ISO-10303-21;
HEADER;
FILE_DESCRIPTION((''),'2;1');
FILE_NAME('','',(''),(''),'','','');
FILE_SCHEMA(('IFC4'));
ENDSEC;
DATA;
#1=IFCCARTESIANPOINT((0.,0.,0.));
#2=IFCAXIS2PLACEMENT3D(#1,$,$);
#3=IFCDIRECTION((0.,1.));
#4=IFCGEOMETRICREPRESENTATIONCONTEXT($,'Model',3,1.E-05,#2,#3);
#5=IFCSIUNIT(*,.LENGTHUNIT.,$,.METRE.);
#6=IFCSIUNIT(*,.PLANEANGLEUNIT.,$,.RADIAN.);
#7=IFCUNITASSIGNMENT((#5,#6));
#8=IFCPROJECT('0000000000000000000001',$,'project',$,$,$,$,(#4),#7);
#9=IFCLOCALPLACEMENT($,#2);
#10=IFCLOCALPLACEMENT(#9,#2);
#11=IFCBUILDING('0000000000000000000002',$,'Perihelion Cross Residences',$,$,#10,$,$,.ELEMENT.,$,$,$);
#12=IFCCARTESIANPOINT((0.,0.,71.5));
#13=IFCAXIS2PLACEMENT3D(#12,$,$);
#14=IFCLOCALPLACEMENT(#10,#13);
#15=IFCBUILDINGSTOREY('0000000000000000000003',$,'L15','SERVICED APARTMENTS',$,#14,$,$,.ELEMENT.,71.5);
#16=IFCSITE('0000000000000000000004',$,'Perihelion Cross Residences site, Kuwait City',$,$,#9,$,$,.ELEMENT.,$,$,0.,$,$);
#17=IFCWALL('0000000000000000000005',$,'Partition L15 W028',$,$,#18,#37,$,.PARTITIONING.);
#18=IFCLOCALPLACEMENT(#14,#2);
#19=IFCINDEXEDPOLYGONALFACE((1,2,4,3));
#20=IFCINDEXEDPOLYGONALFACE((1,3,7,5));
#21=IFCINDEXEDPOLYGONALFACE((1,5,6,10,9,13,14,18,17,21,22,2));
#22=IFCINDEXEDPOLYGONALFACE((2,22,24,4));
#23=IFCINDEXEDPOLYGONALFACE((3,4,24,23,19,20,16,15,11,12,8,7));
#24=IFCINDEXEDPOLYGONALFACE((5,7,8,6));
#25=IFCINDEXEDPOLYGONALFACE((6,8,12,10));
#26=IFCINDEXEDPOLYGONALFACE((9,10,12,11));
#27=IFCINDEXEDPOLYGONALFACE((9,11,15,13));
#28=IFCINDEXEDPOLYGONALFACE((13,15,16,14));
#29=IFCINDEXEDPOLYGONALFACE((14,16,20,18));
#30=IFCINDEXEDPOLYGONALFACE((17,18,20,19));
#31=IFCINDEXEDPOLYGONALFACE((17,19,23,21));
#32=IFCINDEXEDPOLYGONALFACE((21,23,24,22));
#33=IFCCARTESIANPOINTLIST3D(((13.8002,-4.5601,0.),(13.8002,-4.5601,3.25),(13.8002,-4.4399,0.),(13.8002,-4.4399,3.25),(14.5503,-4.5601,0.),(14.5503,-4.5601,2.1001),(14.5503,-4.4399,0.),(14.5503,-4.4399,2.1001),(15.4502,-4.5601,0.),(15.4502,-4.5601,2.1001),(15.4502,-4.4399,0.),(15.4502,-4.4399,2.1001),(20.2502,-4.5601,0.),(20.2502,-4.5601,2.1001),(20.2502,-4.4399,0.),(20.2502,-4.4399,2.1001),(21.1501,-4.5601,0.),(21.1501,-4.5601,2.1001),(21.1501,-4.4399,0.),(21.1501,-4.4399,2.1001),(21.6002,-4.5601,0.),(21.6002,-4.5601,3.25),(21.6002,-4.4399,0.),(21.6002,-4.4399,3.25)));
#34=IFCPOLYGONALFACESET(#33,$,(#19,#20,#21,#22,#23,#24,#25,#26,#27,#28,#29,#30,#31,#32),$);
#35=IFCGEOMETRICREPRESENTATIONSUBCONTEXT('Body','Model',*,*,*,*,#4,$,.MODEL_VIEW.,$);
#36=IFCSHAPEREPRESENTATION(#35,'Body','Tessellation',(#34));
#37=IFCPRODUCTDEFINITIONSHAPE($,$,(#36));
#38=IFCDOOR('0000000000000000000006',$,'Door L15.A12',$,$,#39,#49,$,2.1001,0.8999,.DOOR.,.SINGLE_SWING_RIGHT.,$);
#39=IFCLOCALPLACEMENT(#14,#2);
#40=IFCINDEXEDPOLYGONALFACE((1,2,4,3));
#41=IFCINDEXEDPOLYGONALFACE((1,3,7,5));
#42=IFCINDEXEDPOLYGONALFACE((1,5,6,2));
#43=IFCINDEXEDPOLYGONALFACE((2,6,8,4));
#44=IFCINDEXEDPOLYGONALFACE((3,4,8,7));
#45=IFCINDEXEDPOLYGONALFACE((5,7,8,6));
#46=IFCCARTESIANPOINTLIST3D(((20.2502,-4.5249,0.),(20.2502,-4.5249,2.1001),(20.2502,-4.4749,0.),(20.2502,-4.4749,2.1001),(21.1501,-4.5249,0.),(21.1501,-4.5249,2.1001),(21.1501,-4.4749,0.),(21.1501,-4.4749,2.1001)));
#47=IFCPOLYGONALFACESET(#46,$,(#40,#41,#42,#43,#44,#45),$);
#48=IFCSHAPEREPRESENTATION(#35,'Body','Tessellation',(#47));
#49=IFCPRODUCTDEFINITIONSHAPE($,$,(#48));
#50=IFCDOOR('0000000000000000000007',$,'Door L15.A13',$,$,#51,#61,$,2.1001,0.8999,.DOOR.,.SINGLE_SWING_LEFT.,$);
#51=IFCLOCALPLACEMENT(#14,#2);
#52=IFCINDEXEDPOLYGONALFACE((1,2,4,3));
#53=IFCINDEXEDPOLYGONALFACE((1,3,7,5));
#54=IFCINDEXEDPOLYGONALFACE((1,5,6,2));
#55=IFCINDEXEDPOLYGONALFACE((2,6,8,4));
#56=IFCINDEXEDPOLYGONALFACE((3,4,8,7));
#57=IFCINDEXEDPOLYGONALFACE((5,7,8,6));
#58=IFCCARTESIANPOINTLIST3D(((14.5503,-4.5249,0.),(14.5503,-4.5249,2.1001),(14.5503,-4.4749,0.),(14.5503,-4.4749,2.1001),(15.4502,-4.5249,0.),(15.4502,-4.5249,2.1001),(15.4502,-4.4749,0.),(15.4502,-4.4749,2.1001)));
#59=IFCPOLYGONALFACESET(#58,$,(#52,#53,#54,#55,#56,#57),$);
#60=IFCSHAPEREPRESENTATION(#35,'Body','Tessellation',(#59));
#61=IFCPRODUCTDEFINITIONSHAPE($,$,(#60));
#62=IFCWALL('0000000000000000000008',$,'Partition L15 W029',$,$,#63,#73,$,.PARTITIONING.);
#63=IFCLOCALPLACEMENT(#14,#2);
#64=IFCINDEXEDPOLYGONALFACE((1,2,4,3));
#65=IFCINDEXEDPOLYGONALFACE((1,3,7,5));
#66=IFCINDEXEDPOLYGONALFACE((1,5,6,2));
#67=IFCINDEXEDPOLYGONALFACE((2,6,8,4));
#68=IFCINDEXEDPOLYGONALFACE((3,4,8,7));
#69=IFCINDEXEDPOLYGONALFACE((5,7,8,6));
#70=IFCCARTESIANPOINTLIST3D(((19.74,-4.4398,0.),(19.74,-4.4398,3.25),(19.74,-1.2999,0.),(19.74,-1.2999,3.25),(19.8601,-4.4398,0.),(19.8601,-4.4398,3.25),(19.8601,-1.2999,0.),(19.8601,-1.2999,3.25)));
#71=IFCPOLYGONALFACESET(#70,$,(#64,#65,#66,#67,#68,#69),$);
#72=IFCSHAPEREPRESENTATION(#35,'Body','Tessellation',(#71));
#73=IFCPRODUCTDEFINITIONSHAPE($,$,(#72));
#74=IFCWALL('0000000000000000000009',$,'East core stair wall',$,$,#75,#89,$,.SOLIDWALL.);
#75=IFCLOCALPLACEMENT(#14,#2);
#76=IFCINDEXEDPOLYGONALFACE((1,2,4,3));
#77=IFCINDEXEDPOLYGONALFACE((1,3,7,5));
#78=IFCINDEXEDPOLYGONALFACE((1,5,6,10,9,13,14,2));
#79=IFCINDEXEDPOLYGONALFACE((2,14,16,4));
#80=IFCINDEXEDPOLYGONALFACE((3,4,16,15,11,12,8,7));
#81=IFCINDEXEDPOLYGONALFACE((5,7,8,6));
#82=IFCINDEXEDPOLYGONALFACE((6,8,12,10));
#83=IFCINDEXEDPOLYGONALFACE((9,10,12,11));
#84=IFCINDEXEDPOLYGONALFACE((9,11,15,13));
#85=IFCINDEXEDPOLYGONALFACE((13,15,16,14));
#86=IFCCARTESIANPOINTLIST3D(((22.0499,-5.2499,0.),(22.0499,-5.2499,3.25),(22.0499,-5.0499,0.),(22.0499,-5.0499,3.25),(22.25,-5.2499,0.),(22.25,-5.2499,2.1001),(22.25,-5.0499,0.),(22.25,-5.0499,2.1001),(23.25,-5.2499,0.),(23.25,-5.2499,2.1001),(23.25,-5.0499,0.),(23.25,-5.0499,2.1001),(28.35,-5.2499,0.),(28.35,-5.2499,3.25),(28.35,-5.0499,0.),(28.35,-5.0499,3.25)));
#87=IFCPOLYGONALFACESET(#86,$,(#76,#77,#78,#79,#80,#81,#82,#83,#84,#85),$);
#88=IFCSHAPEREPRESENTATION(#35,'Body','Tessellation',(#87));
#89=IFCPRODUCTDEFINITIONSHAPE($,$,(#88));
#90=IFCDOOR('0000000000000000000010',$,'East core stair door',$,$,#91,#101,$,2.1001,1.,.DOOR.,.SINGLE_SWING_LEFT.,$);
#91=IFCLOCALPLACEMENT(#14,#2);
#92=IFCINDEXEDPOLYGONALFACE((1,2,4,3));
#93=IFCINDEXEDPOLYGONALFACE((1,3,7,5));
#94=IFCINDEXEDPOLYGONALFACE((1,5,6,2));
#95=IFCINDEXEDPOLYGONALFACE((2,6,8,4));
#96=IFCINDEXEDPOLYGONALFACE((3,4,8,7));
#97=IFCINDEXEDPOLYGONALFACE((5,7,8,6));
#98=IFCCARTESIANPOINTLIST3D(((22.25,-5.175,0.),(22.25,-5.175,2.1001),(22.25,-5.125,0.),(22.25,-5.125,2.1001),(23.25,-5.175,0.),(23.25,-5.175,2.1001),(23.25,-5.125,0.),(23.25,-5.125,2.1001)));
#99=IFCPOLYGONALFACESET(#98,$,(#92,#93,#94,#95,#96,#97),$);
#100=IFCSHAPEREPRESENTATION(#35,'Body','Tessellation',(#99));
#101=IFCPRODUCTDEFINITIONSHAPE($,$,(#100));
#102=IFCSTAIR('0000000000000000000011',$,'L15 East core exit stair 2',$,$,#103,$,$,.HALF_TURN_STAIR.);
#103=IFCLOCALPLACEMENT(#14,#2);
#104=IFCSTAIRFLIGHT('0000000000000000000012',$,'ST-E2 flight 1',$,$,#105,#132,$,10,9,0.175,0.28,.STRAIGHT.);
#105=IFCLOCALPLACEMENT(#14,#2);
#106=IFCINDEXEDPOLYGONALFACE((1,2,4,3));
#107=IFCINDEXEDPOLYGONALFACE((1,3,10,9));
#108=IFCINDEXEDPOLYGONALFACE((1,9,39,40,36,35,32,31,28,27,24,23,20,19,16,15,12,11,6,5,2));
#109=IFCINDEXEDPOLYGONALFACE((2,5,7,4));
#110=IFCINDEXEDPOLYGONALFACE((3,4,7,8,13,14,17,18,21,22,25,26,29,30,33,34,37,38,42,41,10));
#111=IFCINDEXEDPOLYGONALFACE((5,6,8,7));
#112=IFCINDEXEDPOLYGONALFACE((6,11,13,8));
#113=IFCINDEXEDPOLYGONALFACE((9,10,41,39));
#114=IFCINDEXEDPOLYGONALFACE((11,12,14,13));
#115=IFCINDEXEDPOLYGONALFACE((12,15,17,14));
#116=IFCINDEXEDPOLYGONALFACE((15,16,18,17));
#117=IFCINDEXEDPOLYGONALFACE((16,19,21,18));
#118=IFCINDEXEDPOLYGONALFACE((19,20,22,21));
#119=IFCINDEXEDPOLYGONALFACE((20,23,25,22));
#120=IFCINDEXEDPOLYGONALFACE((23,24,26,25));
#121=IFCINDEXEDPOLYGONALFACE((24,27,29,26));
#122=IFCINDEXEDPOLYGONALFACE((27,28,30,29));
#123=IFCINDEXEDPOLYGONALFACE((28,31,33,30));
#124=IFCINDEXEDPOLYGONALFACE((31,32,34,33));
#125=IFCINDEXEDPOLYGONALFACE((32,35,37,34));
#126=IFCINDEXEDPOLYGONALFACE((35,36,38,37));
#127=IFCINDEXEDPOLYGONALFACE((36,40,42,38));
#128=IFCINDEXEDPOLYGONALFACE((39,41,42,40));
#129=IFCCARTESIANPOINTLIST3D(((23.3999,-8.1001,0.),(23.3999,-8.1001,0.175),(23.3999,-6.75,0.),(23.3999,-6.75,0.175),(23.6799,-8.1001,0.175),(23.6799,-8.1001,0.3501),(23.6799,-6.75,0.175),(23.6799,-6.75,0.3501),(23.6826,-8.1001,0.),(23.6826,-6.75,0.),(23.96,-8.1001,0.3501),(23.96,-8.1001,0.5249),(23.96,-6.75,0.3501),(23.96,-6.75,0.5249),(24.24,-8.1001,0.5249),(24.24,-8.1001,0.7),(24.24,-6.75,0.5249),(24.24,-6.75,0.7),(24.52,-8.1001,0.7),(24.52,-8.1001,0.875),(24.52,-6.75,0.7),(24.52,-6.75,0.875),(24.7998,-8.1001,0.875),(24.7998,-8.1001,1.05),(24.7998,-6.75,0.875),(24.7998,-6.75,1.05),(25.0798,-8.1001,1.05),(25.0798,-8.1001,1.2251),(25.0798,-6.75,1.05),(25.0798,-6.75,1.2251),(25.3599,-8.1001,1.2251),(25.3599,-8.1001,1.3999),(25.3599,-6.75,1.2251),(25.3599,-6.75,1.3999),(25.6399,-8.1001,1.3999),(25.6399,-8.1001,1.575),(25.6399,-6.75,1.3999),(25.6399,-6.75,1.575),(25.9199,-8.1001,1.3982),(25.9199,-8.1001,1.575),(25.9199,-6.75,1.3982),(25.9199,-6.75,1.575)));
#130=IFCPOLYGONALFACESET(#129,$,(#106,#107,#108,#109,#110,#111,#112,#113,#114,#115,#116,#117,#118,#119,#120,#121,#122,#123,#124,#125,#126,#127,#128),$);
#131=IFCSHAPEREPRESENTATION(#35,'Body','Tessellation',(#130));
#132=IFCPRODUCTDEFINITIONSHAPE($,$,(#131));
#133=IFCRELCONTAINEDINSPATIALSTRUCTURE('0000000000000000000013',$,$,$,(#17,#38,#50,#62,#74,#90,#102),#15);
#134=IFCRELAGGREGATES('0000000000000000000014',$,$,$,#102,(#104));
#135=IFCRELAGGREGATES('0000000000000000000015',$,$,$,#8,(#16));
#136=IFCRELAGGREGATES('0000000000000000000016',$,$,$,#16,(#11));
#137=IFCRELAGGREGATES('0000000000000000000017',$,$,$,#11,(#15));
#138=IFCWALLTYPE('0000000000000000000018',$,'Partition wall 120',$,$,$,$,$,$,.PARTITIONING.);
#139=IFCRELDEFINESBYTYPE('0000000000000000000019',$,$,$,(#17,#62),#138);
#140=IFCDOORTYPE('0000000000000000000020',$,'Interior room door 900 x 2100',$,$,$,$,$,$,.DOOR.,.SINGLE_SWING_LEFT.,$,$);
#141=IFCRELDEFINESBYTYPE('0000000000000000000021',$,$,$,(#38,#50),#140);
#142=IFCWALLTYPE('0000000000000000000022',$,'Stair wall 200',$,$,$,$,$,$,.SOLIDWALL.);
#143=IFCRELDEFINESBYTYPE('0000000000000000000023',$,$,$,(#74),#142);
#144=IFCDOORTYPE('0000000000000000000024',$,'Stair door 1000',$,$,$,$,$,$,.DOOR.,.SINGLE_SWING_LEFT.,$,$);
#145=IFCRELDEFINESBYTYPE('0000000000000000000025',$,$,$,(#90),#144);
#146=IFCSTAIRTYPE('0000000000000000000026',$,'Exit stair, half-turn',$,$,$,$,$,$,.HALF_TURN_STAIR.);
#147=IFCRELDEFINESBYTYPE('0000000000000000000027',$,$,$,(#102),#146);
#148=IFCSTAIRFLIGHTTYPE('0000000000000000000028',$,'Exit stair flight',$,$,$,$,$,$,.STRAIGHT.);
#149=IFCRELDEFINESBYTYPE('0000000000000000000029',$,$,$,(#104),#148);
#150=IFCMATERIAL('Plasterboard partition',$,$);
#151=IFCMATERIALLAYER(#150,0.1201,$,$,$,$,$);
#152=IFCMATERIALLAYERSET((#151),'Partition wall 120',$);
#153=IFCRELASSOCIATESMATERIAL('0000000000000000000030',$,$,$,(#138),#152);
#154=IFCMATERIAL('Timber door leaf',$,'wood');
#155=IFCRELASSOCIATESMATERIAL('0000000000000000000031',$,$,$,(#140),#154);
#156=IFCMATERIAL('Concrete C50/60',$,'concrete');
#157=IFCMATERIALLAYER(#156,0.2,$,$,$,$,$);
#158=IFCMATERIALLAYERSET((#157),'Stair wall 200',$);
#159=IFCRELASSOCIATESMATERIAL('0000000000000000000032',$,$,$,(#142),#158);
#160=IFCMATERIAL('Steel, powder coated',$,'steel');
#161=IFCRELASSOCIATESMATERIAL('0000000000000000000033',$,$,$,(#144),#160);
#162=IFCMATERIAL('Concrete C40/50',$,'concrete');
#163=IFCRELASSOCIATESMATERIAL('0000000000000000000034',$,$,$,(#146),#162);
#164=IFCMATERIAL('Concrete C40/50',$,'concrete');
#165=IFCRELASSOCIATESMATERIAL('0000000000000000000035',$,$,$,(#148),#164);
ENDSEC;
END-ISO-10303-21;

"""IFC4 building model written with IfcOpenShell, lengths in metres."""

from ifc_helpers import new_model, si_unit, direction, frame, frame_2d, origin, place, context, subcontext, project, spatial, polyline, rectangle, outline, extrude, material, layer, layer_set, type_object, element, fill, aggregate, save


model = new_model("IFC4")

# Units and contexts
model_context = context("Model", 3, precision=1e-05, world=origin(), true_north=direction((0.0, 1.0)))
body_context = subcontext(model_context, "Body", "Model", "MODEL_VIEW")
ifc_project = project(units=[si_unit("LENGTHUNIT", "METRE"), si_unit("PLANEANGLEUNIT", "RADIAN")], contexts=[model_context])

# Site, building, storey
site_placement = place(None, origin())
site = spatial("IfcSite", under=ifc_project, at=site_placement, Name="Perihelion Cross Residences site, Kuwait City", CompositionType="ELEMENT", RefElevation=0.0)
building_placement = place(site_placement, origin())
building = spatial("IfcBuilding", under=site, at=building_placement, Name="Perihelion Cross Residences", CompositionType="ELEMENT")
storey_placement = place(building_placement, frame((0.0, 0.0, 71.5)))
storey = spatial("IfcBuildingStorey", under=building, at=storey_placement, Name="L15", Description="SERVICED APARTMENTS", CompositionType="ELEMENT", Elevation=71.5)

# Wall, openings, doors
ifc_material_1 = material(Name="Plasterboard partition")
ifc_layer_1 = layer(ifc_material_1, 0.1201)
ifc_layer_set_1 = layer_set([ifc_layer_1], Name="Partition wall 120")
wall_type_1 = type_object("IfcWallType", Name="Partition wall 120", PredefinedType="PARTITIONING", material=ifc_layer_set_1)
wall_1_placement = place(storey_placement, frame((21.6001, -4.5, 0.0), z_axis=(0.0, 0.0, 1.0), x_axis=(-1.0, 0.0, 0.0)))
wall_1 = element("IfcWall", 1, at=wall_1_placement, inside=storey, type_object=wall_type_1, Name="Partition L15 W028", PredefinedType="PARTITIONING", context=body_context, shape_type="SweptSolid", body=[
    extrude(rectangle(XDim=7.8, YDim=0.1201, at=frame_2d((3.8999, 0.0))), origin(), (0.0, 0.0, 1.0), 3.25),
])
opening_1_placement = place(wall_1_placement, frame((0.45, 0.0, 0.0)))
opening_1 = element("IfcOpeningElement", 2, at=opening_1_placement, cuts=wall_1, PredefinedType="OPENING", context=body_context, shape_type="SweptSolid", body=[
    extrude(rectangle(XDim=0.8999, YDim=2.1001, at=frame_2d((0.45, 1.05))), frame((0.0, 0.0701, 0.0), z_axis=(0.0, -1.0, 0.0), x_axis=(1.0, 0.0, 0.0)), (0.0, 0.0, 1.0), 0.1401),
])
opening_2_placement = place(wall_1_placement, frame((6.1499, 0.0, 0.0)))
opening_2 = element("IfcOpeningElement", 3, at=opening_2_placement, cuts=wall_1, PredefinedType="OPENING", context=body_context, shape_type="SweptSolid", body=[
    extrude(rectangle(XDim=0.8999, YDim=2.1001, at=frame_2d((0.45, 1.05))), frame((0.0, 0.0701, 0.0), z_axis=(0.0, -1.0, 0.0), x_axis=(1.0, 0.0, 0.0)), (0.0, 0.0, 1.0), 0.1401),
])
ifc_material_2 = material(Name="Timber door leaf", Category="wood")
door_type_1 = type_object("IfcDoorType", Name="Interior room door 900 x 2100", OperationType="SINGLE_SWING_LEFT", PredefinedType="DOOR", material=ifc_material_2)
door_1_placement = place(opening_1_placement, origin())
door_1 = element("IfcDoor", 4, at=door_1_placement, inside=storey, type_object=door_type_1, Name="Door L15.A12", OperationType="SINGLE_SWING_RIGHT", OverallHeight=2.1001, OverallWidth=0.8999, PredefinedType="DOOR", context=body_context, shape_type="SweptSolid", body=[
    extrude(rectangle(XDim=0.8999, YDim=2.1001, at=frame_2d((0.45, 1.05))), frame((0.0, 0.0249, 0.0), z_axis=(0.0, -1.0, 0.0), x_axis=(1.0, 0.0, 0.0)), (0.0, 0.0, 1.0), 0.05),
])
fill(opening_1, door_1)
door_2_placement = place(opening_2_placement, origin())
door_2 = element("IfcDoor", 5, at=door_2_placement, inside=storey, type_object=door_type_1, Name="Door L15.A13", OperationType="SINGLE_SWING_LEFT", OverallHeight=2.1001, OverallWidth=0.8999, PredefinedType="DOOR", context=body_context, shape_type="SweptSolid", body=[
    extrude(rectangle(XDim=0.8999, YDim=2.1001, at=frame_2d((0.45, 1.05))), frame((0.0, 0.0249, 0.0), z_axis=(0.0, -1.0, 0.0), x_axis=(1.0, 0.0, 0.0)), (0.0, 0.0, 1.0), 0.05),
])
fill(opening_2, door_2)

# Wall
wall_2_placement = place(storey_placement, frame((19.8, -1.3, 0.0), z_axis=(0.0, 0.0, 1.0), x_axis=(0.0, -1.0, 0.0)))
element("IfcWall", 6, at=wall_2_placement, inside=storey, type_object=wall_type_1, Name="Partition L15 W029", PredefinedType="PARTITIONING", context=body_context, shape_type="SweptSolid", body=[
    extrude(rectangle(XDim=3.1399, YDim=0.1201, at=frame_2d((1.5698, 0.0))), origin(), (0.0, 0.0, 1.0), 3.25),
])

# Wall, opening, door
ifc_material_3 = material(Name="Concrete C50/60", Category="concrete")
ifc_layer_2 = layer(ifc_material_3, 0.2)
ifc_layer_set_2 = layer_set([ifc_layer_2], Name="Stair wall 200")
wall_type_2 = type_object("IfcWallType", Name="Stair wall 200", PredefinedType="SOLIDWALL", material=ifc_layer_set_2)
wall_3_placement = place(storey_placement, frame((22.05, -5.1499, 0.0), z_axis=(0.0, 0.0, 1.0), x_axis=(1.0, 0.0, 0.0)))
wall_3 = element("IfcWall", 7, at=wall_3_placement, inside=storey, type_object=wall_type_2, Name="East core stair wall", PredefinedType="SOLIDWALL", context=body_context, shape_type="SweptSolid", body=[
    extrude(rectangle(XDim=6.3, YDim=0.2, at=frame_2d((3.1499, 0.0))), origin(), (0.0, 0.0, 1.0), 3.25),
])
opening_3_placement = place(wall_3_placement, frame((0.2, 0.0, 0.0)))
opening_3 = element("IfcOpeningElement", 8, at=opening_3_placement, cuts=wall_3, PredefinedType="OPENING", context=body_context, shape_type="SweptSolid", body=[
    extrude(rectangle(XDim=1.0, YDim=2.1001, at=frame_2d((0.5, 1.05))), frame((0.0, 0.1099, 0.0), z_axis=(0.0, -1.0, 0.0), x_axis=(1.0, 0.0, 0.0)), (0.0, 0.0, 1.0), 0.22),
])
ifc_material_4 = material(Name="Steel, powder coated", Category="steel")
door_type_2 = type_object("IfcDoorType", Name="Stair door 1000", OperationType="SINGLE_SWING_LEFT", PredefinedType="DOOR", material=ifc_material_4)
door_3_placement = place(opening_3_placement, origin())
door_3 = element("IfcDoor", 9, at=door_3_placement, inside=storey, type_object=door_type_2, Name="East core stair door", OperationType="SINGLE_SWING_LEFT", OverallHeight=2.1001, OverallWidth=1.0, PredefinedType="DOOR", context=body_context, shape_type="SweptSolid", body=[
    extrude(rectangle(XDim=1.0, YDim=2.1001, at=frame_2d((0.5, 1.05))), frame((0.0, 0.0249, 0.0), z_axis=(0.0, -1.0, 0.0), x_axis=(1.0, 0.0, 0.0)), (0.0, 0.0, 1.0), 0.05),
])
fill(opening_3, door_3)

# Stair, stair flight
ifc_material_5 = material(Name="Concrete C40/50", Category="concrete")
stair_type = type_object("IfcStairType", Name="Exit stair, half-turn", PredefinedType="HALF_TURN_STAIR", material=ifc_material_5)
stair_placement = place(storey_placement, origin())
stair = element("IfcStair", 10, at=stair_placement, inside=storey, type_object=stair_type, Name="L15 East core exit stair 2", PredefinedType="HALF_TURN_STAIR")
ifc_material_6 = material(Name="Concrete C40/50", Category="concrete")
stair_flight_type = type_object("IfcStairFlightType", Name="Exit stair flight", PredefinedType="STRAIGHT", material=ifc_material_6)
stair_flight_placement = place(storey_placement, frame((23.3999, -7.425, 0.0), z_axis=(0.0, 0.0, 1.0), x_axis=(1.0, 0.0, 0.0)))
stair_flight = element("IfcStairFlight", 11, at=stair_flight_placement, type_object=stair_flight_type, Name="ST-E2 flight 1", NumberOfRisers=10, NumberOfTreads=9, PredefinedType="STRAIGHT", RiserHeight=0.175, TreadLength=0.28, context=body_context, shape_type="SweptSolid", body=[
    extrude(outline(polyline([(0.0, 0.0), (0.0, 0.175), (0.28, 0.175), (0.28, 0.3501), (0.5601, 0.3501), (0.5601, 0.5249), (0.8401, 0.5249), (0.8401, 0.7), (1.1201, 0.7), (1.1201, 0.875), (1.3999, 0.875), (1.3999, 1.05), (1.6799, 1.05), (1.6799, 1.2251), (1.96, 1.2251), (1.96, 1.3999), (2.24, 1.3999), (2.24, 1.575), (2.52, 1.575), (2.52, 1.75), (2.52, 1.3982), (0.2827, 0.0), (0.0, 0.0)])), frame((0.0, 0.675, 0.0), z_axis=(0.0, -1.0, 0.0), x_axis=(1.0, 0.0, 0.0)), (0.0, 0.0, 1.0), 1.3501),
])
aggregate(stair, [stair_flight])

save(model, "model.ifc")
